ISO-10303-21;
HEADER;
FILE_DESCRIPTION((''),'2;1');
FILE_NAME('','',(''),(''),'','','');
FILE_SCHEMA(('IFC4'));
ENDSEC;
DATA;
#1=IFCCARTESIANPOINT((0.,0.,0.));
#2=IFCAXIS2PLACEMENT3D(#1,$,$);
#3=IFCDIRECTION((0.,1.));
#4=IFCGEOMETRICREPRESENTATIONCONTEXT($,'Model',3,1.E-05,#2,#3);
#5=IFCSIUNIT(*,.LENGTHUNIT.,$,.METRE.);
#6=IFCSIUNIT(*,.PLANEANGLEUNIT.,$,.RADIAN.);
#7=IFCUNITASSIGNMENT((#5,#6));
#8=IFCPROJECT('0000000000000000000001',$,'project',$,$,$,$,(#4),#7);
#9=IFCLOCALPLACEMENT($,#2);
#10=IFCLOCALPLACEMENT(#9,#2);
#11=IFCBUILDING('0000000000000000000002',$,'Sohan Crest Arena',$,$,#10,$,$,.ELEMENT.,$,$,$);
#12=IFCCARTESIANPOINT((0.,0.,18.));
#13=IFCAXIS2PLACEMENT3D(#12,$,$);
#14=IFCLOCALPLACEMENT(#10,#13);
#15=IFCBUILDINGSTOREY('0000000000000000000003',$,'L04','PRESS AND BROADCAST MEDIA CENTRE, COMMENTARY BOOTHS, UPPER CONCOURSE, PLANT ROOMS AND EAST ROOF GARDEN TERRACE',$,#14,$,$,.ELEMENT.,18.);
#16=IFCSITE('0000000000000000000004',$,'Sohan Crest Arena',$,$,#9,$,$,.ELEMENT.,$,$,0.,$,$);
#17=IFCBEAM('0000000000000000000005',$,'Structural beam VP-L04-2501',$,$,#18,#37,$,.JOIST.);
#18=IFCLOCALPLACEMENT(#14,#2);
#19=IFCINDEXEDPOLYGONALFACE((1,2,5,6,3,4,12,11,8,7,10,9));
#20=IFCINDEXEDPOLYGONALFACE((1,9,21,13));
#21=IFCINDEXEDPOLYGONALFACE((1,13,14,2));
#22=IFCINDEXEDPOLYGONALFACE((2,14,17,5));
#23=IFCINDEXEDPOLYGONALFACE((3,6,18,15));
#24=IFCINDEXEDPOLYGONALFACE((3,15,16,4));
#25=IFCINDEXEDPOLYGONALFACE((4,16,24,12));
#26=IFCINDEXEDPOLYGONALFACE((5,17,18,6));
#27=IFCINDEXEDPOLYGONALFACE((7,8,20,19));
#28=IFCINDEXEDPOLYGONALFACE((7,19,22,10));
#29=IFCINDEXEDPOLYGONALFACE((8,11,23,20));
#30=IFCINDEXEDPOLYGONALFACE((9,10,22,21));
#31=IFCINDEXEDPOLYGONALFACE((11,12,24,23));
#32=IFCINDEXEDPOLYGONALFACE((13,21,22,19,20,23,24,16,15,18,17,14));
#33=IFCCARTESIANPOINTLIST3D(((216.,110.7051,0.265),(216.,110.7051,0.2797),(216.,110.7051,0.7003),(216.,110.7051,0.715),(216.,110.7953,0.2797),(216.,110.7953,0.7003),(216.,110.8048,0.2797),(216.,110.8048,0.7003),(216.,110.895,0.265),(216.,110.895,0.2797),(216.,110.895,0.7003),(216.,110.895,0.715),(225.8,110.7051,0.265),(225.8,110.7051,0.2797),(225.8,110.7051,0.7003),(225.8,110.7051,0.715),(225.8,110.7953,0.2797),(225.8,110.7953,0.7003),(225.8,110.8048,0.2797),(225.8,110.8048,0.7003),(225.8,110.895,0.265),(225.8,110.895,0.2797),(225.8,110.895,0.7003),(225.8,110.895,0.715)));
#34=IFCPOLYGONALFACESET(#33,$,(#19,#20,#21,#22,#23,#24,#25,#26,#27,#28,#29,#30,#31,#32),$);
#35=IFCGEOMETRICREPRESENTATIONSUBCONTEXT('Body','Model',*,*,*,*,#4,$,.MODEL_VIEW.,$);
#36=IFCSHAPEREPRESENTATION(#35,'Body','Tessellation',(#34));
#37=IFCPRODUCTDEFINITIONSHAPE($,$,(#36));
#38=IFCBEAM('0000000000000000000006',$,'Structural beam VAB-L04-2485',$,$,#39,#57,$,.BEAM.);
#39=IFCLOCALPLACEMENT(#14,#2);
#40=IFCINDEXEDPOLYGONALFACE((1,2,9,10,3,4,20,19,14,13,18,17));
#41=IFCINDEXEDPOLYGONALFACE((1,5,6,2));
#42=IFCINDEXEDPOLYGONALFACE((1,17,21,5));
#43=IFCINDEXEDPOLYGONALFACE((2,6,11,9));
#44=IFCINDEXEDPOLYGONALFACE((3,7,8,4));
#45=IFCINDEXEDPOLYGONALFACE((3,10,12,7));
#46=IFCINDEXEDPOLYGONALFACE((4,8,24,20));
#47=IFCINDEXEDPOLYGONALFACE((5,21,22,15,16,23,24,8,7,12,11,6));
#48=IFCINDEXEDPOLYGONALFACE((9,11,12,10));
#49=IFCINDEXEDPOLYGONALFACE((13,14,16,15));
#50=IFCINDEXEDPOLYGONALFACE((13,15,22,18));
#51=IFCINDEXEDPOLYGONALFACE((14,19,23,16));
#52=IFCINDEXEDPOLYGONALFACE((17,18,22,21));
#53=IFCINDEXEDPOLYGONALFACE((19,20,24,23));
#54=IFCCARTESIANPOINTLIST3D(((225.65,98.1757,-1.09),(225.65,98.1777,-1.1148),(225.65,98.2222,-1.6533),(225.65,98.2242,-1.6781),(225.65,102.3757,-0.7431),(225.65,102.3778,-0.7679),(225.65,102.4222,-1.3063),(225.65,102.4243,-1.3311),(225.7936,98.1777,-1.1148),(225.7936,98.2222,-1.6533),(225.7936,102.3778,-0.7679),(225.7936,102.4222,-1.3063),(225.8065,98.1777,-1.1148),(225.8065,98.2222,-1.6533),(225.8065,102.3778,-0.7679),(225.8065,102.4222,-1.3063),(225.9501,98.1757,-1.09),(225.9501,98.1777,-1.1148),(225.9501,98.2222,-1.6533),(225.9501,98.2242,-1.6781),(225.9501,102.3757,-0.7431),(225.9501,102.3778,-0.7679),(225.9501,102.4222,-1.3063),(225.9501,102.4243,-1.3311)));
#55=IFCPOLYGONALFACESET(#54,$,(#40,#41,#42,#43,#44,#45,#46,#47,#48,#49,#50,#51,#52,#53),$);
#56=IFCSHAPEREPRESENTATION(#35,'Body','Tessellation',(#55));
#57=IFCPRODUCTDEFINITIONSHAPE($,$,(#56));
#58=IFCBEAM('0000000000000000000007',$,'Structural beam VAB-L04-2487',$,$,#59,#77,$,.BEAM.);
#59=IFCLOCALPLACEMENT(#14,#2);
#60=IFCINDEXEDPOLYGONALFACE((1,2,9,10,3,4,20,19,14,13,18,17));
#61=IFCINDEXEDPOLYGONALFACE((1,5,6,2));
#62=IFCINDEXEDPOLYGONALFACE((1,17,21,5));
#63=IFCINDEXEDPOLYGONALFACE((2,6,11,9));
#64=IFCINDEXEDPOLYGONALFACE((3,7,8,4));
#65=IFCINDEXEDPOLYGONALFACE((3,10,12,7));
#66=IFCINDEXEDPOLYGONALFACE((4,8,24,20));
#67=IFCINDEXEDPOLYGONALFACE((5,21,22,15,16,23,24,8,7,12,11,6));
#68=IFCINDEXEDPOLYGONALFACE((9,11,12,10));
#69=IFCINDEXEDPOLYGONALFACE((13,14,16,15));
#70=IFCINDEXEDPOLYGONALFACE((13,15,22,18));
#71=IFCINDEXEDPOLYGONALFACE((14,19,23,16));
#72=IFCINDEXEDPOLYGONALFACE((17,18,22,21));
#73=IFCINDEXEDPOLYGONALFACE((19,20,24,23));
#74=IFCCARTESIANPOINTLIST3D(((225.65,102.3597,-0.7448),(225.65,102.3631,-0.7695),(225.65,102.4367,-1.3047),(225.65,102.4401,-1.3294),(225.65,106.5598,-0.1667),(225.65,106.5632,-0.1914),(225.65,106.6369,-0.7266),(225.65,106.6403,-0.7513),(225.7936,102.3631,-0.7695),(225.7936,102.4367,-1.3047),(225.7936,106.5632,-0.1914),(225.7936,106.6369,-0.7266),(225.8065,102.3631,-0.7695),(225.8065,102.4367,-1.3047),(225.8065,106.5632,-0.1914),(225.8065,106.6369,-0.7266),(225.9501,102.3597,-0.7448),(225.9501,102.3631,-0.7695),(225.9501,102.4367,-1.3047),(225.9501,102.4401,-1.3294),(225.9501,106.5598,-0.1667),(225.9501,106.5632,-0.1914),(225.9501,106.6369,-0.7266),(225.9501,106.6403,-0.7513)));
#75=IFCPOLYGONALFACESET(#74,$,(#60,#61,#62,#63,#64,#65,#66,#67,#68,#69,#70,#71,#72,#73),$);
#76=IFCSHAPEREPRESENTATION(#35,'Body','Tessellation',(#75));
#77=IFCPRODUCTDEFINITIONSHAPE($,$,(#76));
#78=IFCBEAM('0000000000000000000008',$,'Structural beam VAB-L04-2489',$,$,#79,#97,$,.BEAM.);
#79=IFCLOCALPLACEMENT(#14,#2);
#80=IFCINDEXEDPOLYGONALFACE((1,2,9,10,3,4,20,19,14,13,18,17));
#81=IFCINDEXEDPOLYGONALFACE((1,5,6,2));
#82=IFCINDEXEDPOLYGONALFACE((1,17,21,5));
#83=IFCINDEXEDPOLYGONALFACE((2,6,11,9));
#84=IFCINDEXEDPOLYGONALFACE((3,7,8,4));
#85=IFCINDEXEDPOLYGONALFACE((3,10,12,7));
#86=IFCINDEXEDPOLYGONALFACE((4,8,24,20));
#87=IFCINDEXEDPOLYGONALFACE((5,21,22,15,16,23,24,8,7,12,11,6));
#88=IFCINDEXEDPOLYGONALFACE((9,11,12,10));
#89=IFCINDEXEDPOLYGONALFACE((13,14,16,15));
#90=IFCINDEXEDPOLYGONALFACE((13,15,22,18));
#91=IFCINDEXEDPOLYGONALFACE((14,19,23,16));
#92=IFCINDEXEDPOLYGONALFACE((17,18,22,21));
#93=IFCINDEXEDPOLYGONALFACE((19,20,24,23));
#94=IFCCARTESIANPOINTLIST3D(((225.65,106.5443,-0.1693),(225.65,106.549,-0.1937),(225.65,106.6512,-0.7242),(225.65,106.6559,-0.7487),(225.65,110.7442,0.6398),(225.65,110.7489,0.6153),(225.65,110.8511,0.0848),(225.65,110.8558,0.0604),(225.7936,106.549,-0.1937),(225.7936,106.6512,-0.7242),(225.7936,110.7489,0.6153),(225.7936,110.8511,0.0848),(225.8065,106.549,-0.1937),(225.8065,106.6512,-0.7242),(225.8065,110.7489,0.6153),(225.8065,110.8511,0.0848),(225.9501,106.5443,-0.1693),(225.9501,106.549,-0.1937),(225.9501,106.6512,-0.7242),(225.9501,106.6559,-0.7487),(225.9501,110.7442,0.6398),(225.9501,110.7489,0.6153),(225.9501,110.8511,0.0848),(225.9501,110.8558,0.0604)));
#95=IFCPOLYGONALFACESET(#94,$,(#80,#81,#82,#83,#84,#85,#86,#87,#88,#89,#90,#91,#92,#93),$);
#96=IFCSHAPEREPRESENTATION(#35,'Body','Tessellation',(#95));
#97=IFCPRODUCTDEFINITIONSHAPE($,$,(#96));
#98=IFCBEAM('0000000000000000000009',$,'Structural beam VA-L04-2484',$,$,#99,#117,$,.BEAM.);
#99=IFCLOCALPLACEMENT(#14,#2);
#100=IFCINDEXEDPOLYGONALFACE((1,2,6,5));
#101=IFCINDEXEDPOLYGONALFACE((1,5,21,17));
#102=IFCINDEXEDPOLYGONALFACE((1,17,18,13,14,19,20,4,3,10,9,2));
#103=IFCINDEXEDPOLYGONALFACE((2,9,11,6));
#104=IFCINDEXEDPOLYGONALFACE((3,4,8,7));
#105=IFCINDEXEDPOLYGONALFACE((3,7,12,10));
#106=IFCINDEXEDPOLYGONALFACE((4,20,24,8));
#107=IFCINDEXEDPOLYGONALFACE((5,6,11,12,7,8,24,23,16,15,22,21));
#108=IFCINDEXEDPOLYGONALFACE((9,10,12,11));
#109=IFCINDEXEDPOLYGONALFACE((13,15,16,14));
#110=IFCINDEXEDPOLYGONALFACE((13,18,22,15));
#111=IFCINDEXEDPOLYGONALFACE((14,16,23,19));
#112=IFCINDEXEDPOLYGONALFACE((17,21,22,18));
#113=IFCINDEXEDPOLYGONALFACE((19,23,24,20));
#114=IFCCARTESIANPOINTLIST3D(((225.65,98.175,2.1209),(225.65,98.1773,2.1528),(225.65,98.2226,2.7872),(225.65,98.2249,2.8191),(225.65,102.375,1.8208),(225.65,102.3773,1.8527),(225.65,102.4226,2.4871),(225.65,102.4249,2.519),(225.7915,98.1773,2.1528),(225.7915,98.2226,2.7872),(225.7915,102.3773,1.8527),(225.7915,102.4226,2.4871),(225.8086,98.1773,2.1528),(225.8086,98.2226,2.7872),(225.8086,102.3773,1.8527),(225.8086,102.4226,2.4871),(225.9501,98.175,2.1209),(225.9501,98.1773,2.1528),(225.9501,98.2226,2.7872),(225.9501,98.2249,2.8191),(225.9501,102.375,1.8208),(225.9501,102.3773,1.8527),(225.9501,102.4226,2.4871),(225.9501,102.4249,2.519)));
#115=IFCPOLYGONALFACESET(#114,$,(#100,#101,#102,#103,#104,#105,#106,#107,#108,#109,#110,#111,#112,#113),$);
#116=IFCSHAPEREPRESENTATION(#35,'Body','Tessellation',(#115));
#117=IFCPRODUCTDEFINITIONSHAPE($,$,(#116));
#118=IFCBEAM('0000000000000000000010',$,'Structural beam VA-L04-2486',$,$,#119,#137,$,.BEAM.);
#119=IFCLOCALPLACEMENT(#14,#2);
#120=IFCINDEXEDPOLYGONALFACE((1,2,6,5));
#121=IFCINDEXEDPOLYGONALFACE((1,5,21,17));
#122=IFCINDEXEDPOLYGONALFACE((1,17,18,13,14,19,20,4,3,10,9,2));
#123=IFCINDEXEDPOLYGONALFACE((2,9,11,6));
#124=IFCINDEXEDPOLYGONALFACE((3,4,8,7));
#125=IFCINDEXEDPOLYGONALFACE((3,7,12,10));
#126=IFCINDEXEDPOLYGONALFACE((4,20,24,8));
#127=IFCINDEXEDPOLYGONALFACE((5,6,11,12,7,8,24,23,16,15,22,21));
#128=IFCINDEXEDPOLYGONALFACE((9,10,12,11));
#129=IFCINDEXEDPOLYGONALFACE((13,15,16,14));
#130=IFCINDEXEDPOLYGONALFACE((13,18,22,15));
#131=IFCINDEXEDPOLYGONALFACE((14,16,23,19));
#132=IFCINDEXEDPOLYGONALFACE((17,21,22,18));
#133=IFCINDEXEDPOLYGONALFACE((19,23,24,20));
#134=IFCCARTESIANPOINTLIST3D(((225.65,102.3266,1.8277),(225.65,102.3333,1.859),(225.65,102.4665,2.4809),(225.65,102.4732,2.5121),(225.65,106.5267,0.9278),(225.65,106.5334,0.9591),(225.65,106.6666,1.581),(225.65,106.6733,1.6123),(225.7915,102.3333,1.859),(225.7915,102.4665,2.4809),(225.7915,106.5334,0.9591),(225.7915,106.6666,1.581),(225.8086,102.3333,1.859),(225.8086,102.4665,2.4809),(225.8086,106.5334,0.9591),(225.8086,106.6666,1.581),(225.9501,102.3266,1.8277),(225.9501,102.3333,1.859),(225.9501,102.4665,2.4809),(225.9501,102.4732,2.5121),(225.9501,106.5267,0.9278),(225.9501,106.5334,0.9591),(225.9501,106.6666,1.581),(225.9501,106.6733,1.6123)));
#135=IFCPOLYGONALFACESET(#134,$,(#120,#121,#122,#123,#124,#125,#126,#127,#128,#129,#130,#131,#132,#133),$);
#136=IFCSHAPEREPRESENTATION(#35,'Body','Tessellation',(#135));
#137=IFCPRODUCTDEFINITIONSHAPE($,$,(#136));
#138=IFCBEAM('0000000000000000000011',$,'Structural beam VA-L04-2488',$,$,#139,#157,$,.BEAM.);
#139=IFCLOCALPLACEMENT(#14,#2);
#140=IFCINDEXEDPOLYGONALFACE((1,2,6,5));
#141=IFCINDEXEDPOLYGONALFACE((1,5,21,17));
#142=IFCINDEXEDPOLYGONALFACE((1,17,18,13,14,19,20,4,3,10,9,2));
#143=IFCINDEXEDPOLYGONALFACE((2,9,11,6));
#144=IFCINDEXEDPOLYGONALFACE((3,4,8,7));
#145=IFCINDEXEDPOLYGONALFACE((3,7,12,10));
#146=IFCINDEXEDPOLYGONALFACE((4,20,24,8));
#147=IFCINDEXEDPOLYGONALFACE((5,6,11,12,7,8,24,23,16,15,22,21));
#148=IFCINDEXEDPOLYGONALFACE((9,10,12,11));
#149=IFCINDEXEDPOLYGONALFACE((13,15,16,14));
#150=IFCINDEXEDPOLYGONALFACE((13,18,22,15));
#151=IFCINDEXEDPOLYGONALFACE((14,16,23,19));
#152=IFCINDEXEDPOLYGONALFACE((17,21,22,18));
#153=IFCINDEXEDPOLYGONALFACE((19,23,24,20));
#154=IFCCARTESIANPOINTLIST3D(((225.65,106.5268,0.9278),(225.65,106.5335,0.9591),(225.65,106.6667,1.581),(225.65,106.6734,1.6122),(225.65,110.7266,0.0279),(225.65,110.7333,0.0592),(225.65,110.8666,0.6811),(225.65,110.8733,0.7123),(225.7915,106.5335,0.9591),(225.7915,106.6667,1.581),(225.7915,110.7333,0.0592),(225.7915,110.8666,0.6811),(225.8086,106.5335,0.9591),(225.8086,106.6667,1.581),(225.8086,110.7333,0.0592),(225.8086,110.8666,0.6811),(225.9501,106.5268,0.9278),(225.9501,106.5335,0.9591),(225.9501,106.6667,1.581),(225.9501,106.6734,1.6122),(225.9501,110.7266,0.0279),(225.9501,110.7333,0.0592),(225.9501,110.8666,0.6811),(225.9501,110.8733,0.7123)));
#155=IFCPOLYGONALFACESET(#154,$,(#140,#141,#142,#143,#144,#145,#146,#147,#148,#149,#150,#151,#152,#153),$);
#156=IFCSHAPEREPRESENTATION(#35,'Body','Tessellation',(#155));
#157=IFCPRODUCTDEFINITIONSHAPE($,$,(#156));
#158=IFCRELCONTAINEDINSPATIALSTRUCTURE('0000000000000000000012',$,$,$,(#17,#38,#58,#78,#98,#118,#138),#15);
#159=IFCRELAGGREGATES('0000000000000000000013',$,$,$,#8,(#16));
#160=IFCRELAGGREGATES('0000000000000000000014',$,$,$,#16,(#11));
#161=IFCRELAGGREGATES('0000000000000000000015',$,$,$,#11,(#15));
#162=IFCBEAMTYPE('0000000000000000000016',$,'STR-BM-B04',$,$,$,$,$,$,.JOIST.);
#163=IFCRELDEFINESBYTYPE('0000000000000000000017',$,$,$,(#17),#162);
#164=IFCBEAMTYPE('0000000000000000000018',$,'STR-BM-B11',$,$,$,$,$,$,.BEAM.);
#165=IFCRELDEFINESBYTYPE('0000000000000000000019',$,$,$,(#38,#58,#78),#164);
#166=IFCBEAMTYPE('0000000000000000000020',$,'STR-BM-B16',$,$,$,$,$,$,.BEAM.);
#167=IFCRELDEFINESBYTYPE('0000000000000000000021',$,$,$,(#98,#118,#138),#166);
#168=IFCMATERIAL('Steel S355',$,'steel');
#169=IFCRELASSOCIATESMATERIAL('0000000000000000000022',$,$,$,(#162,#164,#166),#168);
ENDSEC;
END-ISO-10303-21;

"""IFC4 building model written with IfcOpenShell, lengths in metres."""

from ifc_helpers import new_model, si_unit, direction, frame, origin, origin_2d, place, context, subcontext, project, spatial, i_section, extrude, material, material_profile, profile_set, type_object, element, save


model = new_model("IFC4")

# Units and contexts
model_context = context("Model", 3, precision=1e-05, world=origin(), true_north=direction((0.0, 1.0)))
body_context = subcontext(model_context, "Body", "Model", "MODEL_VIEW")
ifc_project = project(units=[si_unit("LENGTHUNIT", "METRE"), si_unit("PLANEANGLEUNIT", "RADIAN")], contexts=[model_context])

# Site, building, storey
site_placement = place(None, origin())
site = spatial("IfcSite", under=ifc_project, at=site_placement, Name="Sohan Crest Arena", CompositionType="ELEMENT", RefElevation=0.0)
building_placement = place(site_placement, origin())
building = spatial("IfcBuilding", under=site, at=building_placement, Name="Sohan Crest Arena", CompositionType="ELEMENT")
storey_placement = place(building_placement, frame((0.0, 0.0, 18.0)))
storey = spatial("IfcBuildingStorey", under=building, at=storey_placement, Name="L04", Description="PRESS AND BROADCAST MEDIA CENTRE, COMMENTARY BOOTHS, UPPER CONCOURSE, PLANT ROOMS AND EAST ROOF GARDEN TERRACE", CompositionType="ELEMENT", Elevation=18.0)

# Beams
ifc_material_1 = material(Name="Steel S355", Category="steel")
ifc_material_profile_1 = material_profile(ifc_material_1, i_section(OverallWidth=0.1899, OverallDepth=0.45, WebThickness=0.0095, FlangeThickness=0.0146, at=origin_2d()), Name="IPE 450")
ifc_profile_set_1 = profile_set([ifc_material_profile_1], Name="Steel S355")
beam_type_1 = type_object("IfcBeamType", Name="STR-BM-B04", PredefinedType="JOIST", material=ifc_profile_set_1)
beam_1_placement = place(storey_placement, frame((216.0, 110.8, 0.49), z_axis=(1.0, 0.0, 0.0), x_axis=(0.0, 1.0, 0.0)))
element("IfcBeam", 1, at=beam_1_placement, inside=storey, type_object=beam_type_1, Name="Structural beam VP-L04-2501", PredefinedType="JOIST", context=body_context, shape_type="SweptSolid", body=[
    extrude(i_section(OverallWidth=0.1899, OverallDepth=0.45, WebThickness=0.0095, FlangeThickness=0.0146, at=origin_2d()), origin(), (0.0, 0.0, 1.0), 9.8),
])
ifc_material_profile_2 = material_profile(ifc_material_1, i_section(OverallWidth=0.3, OverallDepth=0.5901, WebThickness=0.0129, FlangeThickness=0.0249, at=origin_2d()), Name="HEA 600")
ifc_profile_set_2 = profile_set([ifc_material_profile_2], Name="Steel S355")
beam_type_2 = type_object("IfcBeamType", Name="STR-BM-B11", PredefinedType="BEAM", material=ifc_profile_set_2)
beam_2_placement = place(storey_placement, frame((225.8, 98.2, -1.384), z_axis=(0.0, 0.996606, 0.082322), x_axis=(-1.0, 0.0, 0.0)))
element("IfcBeam", 2, at=beam_2_placement, inside=storey, type_object=beam_type_2, Name="Structural beam VAB-L04-2485", PredefinedType="BEAM", context=body_context, shape_type="SweptSolid", body=[
    extrude(i_section(OverallWidth=0.3, OverallDepth=0.5901, WebThickness=0.0129, FlangeThickness=0.0249, at=origin_2d()), origin(), (0.0, 0.0, 1.0), 4.2144),
])
beam_3_placement = place(storey_placement, frame((225.8, 102.3999, -1.0371), z_axis=(0.0, 0.99066, 0.136357), x_axis=(-1.0, 0.0, 0.0)))
element("IfcBeam", 3, at=beam_3_placement, inside=storey, type_object=beam_type_2, Name="Structural beam VAB-L04-2487", PredefinedType="BEAM", context=body_context, shape_type="SweptSolid", body=[
    extrude(i_section(OverallWidth=0.3, OverallDepth=0.5901, WebThickness=0.0129, FlangeThickness=0.0249, at=origin_2d()), origin(), (0.0, 0.0, 1.0), 4.2397),
])
beam_4_placement = place(storey_placement, frame((225.8, 106.6001, -0.459), z_axis=(0.0, 0.981946, 0.189163), x_axis=(-1.0, 0.0, 0.0)))
element("IfcBeam", 4, at=beam_4_placement, inside=storey, type_object=beam_type_2, Name="Structural beam VAB-L04-2489", PredefinedType="BEAM", context=body_context, shape_type="SweptSolid", body=[
    extrude(i_section(OverallWidth=0.3, OverallDepth=0.5901, WebThickness=0.0129, FlangeThickness=0.0249, at=origin_2d()), origin(), (0.0, 0.0, 1.0), 4.2771),
])
ifc_material_profile_3 = material_profile(ifc_material_1, i_section(OverallWidth=0.3, OverallDepth=0.7, WebThickness=0.0171, FlangeThickness=0.032, at=origin_2d()), Name="HEB 700")
ifc_profile_set_3 = profile_set([ifc_material_profile_3], Name="Steel S355")
beam_type_3 = type_object("IfcBeamType", Name="STR-BM-B16", PredefinedType="BEAM", material=ifc_profile_set_3)
beam_5_placement = place(storey_placement, frame((225.8, 98.2, 2.47), z_axis=(0.0, 0.997458, -0.071259), x_axis=(-1.0, 0.0, 0.0)))
element("IfcBeam", 5, at=beam_5_placement, inside=storey, type_object=beam_type_3, Name="Structural beam VA-L04-2484", PredefinedType="BEAM", context=body_context, shape_type="SweptSolid", body=[
    extrude(i_section(OverallWidth=0.3, OverallDepth=0.7, WebThickness=0.0171, FlangeThickness=0.032, at=origin_2d()), origin(), (0.0, 0.0, 1.0), 4.2107),
])
beam_6_placement = place(storey_placement, frame((225.8, 102.3999, 2.1699), z_axis=(0.0, 0.977809, -0.209498), x_axis=(-1.0, 0.0, 0.0)))
element("IfcBeam", 6, at=beam_6_placement, inside=storey, type_object=beam_type_3, Name="Structural beam VA-L04-2486", PredefinedType="BEAM", context=body_context, shape_type="SweptSolid", body=[
    extrude(i_section(OverallWidth=0.3, OverallDepth=0.7, WebThickness=0.0171, FlangeThickness=0.032, at=origin_2d()), origin(), (0.0, 0.0, 1.0), 4.2954),
])
beam_7_placement = place(storey_placement, frame((225.8, 106.6001, 1.27), z_axis=(0.0, 0.977807, -0.20951), x_axis=(-1.0, 0.0, 0.0)))
element("IfcBeam", 7, at=beam_7_placement, inside=storey, type_object=beam_type_3, Name="Structural beam VA-L04-2488", PredefinedType="BEAM", context=body_context, shape_type="SweptSolid", body=[
    extrude(i_section(OverallWidth=0.3, OverallDepth=0.7, WebThickness=0.0171, FlangeThickness=0.032, at=origin_2d()), origin(), (0.0, 0.0, 1.0), 4.2952),
])

save(model, "model.ifc")
